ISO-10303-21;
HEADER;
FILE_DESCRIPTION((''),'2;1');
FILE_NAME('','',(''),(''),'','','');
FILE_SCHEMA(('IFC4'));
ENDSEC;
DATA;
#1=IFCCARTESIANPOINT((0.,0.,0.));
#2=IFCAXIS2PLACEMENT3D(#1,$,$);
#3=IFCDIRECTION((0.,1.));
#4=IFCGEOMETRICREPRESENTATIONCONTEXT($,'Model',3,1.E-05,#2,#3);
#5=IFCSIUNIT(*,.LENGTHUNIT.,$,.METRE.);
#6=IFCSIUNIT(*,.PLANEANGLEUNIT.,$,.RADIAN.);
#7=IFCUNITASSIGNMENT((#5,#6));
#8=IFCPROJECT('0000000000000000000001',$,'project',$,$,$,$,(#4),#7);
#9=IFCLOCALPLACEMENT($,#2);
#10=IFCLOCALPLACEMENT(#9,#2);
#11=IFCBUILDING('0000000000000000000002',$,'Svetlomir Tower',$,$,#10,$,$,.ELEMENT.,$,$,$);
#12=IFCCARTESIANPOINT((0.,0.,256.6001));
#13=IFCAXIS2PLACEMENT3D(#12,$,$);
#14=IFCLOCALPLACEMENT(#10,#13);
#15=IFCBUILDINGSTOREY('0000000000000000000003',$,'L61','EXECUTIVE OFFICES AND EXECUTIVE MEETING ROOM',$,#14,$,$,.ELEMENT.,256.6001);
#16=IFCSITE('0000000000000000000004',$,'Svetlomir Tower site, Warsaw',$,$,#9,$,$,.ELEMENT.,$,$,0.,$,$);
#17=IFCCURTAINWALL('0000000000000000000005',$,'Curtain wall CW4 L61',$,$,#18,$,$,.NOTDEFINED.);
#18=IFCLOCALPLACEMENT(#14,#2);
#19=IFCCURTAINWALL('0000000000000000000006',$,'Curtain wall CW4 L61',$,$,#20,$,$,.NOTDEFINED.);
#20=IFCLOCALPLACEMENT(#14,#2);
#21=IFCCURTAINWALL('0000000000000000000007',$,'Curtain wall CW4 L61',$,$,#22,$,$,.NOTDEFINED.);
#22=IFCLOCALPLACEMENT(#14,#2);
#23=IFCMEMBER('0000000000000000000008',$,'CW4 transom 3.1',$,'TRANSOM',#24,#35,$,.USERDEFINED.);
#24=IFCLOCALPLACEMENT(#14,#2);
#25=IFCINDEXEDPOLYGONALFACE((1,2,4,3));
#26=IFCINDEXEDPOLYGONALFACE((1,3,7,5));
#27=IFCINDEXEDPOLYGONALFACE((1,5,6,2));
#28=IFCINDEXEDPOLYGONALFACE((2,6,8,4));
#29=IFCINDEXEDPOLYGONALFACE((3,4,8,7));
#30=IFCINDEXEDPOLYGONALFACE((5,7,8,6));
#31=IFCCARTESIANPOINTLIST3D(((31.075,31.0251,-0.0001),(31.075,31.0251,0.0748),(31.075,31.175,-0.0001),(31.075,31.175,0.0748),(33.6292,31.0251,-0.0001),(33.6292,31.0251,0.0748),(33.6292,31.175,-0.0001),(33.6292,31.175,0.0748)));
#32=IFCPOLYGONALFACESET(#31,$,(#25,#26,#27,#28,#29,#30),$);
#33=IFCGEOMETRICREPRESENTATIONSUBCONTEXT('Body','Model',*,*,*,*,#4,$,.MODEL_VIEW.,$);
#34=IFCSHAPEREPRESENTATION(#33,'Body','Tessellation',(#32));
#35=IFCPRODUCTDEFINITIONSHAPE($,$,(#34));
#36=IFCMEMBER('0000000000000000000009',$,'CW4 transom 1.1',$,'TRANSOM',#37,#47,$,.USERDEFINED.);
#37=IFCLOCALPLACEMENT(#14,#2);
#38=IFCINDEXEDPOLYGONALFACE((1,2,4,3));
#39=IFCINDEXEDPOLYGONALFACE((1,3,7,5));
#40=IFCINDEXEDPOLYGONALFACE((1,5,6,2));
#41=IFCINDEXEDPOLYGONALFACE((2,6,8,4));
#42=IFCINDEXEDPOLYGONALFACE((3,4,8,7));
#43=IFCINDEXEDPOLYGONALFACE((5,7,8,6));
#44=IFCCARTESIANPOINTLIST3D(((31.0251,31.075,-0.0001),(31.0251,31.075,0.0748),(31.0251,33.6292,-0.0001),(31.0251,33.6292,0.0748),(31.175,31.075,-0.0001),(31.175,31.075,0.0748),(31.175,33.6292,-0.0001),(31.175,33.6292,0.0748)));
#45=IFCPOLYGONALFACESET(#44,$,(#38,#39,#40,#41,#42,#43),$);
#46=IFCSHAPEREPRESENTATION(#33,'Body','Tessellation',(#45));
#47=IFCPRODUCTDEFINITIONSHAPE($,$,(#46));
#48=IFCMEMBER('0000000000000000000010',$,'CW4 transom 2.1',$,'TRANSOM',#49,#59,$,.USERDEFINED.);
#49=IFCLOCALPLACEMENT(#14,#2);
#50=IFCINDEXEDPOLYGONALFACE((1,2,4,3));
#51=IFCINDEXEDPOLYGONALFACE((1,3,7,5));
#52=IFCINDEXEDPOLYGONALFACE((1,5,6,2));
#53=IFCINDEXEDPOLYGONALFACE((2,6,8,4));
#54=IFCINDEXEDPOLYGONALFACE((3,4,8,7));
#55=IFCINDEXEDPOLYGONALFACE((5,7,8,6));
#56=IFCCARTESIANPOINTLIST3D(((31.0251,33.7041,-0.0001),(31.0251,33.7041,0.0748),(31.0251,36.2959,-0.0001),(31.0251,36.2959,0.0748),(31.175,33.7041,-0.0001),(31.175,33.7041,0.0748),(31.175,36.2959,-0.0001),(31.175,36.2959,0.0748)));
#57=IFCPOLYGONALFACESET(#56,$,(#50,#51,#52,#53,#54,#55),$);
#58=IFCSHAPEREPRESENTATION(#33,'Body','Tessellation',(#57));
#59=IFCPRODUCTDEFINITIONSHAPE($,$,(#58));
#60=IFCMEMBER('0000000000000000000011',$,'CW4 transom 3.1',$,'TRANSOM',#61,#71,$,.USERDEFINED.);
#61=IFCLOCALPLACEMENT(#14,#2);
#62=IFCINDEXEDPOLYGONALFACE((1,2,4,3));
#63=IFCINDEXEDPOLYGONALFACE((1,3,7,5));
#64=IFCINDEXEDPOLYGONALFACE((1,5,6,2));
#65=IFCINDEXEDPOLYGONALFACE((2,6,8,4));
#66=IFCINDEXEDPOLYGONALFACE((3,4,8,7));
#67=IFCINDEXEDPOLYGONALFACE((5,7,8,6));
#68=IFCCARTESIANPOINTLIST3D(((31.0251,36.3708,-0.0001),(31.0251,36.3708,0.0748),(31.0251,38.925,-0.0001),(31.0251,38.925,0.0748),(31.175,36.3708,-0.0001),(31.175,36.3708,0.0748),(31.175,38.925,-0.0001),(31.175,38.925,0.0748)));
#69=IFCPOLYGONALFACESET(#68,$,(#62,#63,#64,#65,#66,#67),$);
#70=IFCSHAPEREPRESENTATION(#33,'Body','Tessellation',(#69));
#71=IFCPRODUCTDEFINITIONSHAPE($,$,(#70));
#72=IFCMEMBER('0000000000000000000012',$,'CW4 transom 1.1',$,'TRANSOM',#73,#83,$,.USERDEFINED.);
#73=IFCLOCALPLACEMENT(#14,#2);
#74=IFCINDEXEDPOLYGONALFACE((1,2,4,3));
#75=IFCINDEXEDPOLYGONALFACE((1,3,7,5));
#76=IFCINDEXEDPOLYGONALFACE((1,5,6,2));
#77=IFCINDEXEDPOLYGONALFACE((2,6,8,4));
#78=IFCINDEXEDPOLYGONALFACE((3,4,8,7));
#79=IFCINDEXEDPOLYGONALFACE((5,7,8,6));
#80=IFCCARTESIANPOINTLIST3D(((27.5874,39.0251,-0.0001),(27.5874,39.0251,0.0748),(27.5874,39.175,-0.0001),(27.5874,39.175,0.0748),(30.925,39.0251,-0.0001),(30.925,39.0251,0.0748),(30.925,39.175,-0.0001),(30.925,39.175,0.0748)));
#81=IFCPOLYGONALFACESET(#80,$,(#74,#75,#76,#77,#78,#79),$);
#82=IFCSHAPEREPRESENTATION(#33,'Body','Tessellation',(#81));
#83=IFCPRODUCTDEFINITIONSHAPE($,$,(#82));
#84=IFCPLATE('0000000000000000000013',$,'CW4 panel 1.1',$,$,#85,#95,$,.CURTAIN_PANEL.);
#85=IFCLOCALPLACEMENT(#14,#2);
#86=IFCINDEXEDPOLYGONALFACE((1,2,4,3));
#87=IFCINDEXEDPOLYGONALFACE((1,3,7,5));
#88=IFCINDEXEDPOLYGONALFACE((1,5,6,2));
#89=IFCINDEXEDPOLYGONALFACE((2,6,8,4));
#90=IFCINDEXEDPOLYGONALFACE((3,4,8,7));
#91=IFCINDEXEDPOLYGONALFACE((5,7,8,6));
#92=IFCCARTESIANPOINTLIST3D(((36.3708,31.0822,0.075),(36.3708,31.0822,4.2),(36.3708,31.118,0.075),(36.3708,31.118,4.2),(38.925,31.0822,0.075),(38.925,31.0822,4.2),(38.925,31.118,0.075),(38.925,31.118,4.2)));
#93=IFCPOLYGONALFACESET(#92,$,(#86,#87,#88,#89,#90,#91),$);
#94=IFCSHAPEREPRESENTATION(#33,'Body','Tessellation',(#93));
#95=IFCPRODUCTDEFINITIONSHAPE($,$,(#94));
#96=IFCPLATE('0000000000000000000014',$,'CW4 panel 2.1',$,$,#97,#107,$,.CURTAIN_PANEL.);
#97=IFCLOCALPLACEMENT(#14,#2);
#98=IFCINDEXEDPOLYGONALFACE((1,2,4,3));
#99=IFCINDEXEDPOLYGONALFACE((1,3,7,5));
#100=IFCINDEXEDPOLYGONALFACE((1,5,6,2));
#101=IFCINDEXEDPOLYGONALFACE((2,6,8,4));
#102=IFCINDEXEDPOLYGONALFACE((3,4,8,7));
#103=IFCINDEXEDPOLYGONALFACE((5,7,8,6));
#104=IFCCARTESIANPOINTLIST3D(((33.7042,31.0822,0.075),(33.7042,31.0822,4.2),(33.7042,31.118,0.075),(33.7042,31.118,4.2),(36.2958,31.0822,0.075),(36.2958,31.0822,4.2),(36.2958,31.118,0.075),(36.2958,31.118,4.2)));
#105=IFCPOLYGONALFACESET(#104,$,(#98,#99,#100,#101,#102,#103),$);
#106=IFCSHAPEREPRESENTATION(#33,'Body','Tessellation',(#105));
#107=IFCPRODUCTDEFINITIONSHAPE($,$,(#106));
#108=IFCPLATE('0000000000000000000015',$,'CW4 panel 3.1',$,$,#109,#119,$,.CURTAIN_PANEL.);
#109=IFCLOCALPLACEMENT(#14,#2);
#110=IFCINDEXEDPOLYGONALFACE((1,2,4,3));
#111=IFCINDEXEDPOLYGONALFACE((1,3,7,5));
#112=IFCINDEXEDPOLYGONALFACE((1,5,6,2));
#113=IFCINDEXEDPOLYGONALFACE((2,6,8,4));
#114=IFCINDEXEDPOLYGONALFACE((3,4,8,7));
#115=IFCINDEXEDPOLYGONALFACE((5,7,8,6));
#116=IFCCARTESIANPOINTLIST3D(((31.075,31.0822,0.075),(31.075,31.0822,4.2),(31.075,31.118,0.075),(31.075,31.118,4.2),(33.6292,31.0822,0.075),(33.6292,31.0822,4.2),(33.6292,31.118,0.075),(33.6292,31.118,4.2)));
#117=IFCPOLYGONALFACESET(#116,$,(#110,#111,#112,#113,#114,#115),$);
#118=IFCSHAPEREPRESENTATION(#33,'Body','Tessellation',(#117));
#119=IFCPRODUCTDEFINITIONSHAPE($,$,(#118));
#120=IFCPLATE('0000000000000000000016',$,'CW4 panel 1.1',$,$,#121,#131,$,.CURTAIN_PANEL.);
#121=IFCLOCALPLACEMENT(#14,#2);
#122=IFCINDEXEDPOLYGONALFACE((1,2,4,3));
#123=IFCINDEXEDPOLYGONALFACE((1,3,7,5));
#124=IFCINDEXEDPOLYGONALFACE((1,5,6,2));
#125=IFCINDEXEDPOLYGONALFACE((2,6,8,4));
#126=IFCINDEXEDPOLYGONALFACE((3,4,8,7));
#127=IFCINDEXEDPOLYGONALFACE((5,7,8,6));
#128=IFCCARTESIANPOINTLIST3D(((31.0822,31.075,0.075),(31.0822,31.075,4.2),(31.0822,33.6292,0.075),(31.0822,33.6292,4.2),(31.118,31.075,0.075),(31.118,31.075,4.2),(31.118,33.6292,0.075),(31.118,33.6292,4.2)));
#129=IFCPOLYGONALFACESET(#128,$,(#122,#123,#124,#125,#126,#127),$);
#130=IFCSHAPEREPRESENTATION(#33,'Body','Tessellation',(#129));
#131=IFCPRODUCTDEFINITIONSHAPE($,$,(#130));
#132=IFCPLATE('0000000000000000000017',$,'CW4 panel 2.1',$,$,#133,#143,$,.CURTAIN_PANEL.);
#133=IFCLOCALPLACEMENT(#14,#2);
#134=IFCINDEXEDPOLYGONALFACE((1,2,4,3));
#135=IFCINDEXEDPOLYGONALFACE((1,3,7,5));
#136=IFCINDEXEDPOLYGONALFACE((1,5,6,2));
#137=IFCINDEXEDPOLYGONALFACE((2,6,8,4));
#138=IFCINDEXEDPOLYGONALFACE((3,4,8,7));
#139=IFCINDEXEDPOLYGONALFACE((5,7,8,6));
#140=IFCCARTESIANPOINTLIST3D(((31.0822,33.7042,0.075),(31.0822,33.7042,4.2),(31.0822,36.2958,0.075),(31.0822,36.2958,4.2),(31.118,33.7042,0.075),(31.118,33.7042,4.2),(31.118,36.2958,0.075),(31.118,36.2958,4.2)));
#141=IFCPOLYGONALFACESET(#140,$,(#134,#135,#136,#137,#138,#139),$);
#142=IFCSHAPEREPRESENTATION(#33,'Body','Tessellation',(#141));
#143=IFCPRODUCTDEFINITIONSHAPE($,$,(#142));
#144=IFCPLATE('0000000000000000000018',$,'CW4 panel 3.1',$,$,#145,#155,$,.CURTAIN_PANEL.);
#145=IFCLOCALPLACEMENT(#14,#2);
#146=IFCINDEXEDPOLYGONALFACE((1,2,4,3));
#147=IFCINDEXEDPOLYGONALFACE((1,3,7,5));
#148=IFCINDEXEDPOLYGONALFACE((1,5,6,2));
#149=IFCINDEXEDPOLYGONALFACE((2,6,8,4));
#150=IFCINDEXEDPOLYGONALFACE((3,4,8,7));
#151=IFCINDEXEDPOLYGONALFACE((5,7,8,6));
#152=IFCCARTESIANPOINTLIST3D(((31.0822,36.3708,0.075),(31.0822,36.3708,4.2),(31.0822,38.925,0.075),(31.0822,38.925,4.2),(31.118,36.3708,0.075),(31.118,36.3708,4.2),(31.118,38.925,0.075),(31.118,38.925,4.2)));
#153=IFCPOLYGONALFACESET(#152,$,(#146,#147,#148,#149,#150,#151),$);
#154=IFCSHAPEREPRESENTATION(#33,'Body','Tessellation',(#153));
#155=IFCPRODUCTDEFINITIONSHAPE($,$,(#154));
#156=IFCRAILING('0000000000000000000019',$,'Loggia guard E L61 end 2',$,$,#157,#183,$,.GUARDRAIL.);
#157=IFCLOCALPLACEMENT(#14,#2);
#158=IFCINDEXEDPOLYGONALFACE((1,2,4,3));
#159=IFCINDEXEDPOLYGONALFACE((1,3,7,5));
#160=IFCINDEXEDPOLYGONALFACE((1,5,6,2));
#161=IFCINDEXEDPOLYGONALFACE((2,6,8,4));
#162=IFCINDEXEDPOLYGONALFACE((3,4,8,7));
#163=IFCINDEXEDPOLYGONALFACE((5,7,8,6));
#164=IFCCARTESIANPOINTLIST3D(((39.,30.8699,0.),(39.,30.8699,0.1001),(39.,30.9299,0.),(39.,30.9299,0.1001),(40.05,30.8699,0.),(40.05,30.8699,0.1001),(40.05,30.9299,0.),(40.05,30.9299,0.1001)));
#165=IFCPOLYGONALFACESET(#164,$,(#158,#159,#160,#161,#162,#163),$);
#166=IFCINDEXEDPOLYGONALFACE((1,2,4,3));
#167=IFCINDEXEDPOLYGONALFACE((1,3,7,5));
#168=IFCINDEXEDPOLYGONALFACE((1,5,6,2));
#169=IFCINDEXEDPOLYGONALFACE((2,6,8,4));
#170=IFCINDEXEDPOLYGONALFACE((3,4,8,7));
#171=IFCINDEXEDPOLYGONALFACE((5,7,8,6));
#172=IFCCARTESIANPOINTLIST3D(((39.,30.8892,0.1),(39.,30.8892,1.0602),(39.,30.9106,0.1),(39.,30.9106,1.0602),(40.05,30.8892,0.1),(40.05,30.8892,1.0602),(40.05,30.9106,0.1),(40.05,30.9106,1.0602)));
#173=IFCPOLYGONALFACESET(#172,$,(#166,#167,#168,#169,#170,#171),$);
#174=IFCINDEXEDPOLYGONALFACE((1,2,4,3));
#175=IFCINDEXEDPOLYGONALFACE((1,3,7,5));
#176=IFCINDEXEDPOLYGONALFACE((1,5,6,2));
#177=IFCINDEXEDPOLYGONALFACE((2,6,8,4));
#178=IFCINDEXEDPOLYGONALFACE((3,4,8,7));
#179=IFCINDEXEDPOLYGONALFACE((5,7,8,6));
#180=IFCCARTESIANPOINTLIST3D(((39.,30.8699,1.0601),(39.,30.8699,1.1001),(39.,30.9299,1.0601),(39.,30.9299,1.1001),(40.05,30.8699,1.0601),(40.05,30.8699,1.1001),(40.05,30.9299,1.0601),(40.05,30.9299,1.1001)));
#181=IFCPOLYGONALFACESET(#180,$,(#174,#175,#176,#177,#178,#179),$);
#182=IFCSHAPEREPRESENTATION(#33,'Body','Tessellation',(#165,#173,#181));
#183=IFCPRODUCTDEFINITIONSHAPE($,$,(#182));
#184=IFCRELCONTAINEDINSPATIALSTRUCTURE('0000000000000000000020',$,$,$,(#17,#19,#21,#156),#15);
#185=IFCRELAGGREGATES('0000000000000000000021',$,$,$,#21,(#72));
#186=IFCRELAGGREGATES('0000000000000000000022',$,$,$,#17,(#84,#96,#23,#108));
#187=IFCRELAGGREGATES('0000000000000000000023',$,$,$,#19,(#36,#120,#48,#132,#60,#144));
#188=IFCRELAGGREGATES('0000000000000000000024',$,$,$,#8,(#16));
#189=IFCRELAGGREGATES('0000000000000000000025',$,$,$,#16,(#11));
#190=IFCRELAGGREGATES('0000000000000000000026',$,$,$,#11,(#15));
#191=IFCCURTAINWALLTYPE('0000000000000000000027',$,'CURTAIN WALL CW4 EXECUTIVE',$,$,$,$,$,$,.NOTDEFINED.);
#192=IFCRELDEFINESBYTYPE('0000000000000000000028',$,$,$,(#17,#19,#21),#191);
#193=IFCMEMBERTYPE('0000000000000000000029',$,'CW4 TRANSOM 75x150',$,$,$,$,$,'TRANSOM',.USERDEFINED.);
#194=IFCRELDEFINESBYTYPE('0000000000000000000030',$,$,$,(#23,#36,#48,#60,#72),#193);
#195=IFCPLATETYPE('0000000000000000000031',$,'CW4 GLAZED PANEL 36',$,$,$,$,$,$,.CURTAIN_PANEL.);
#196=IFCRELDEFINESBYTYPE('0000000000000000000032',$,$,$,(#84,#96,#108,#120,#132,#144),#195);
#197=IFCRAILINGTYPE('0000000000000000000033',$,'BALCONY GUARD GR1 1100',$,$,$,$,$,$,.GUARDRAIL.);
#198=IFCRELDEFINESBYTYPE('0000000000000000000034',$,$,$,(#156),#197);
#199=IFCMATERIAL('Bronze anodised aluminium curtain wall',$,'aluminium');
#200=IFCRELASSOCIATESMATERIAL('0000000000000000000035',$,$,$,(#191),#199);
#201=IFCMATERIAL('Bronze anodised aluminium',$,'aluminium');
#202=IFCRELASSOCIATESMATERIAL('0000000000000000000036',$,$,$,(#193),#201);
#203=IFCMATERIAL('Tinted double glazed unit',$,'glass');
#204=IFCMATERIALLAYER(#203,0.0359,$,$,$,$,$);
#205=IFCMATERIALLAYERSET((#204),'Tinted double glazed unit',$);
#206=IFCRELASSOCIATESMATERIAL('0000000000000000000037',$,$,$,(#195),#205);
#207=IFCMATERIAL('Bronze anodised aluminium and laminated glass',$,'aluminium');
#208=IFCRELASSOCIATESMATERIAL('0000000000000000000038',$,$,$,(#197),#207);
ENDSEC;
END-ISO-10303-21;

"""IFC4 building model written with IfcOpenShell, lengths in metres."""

from ifc_helpers import new_model, si_unit, direction, frame, origin, origin_2d, place, context, subcontext, project, spatial, rectangle, extrude, material, layer, layer_set, material_profile, profile_set, type_object, element, aggregate, save


model = new_model("IFC4")

# Units and contexts
model_context = context("Model", 3, precision=1e-05, world=origin(), true_north=direction((0.0, 1.0)))
body_context = subcontext(model_context, "Body", "Model", "MODEL_VIEW")
ifc_project = project(units=[si_unit("LENGTHUNIT", "METRE"), si_unit("PLANEANGLEUNIT", "RADIAN")], contexts=[model_context])

# Site, building, storey
site_placement = place(None, origin())
site = spatial("IfcSite", under=ifc_project, at=site_placement, Name="Svetlomir Tower site, Warsaw", CompositionType="ELEMENT", RefElevation=0.0)
building_placement = place(site_placement, origin())
building = spatial("IfcBuilding", under=site, at=building_placement, Name="Svetlomir Tower", CompositionType="ELEMENT")
storey_placement = place(building_placement, frame((0.0, 0.0, 256.6001)))
storey = spatial("IfcBuildingStorey", under=building, at=storey_placement, Name="L61", Description="EXECUTIVE OFFICES AND EXECUTIVE MEETING ROOM", CompositionType="ELEMENT", Elevation=256.6001)

# Curtain walls
ifc_material_1 = material(Name="Bronze anodised aluminium curtain wall", Category="aluminium")
curtain_wall_type = type_object("IfcCurtainWallType", Name="CURTAIN WALL CW4 EXECUTIVE", PredefinedType="NOTDEFINED", material=ifc_material_1)
curtain_wall_1_placement = place(storey_placement, origin())
curtain_wall_1 = element("IfcCurtainWall", 1, at=curtain_wall_1_placement, inside=storey, type_object=curtain_wall_type, Name="Curtain wall CW4 L61", PredefinedType="NOTDEFINED")
curtain_wall_2_placement = place(storey_placement, origin())
curtain_wall_2 = element("IfcCurtainWall", 2, at=curtain_wall_2_placement, inside=storey, type_object=curtain_wall_type, Name="Curtain wall CW4 L61", PredefinedType="NOTDEFINED")

# Curtain wall
curtain_wall_3_placement = place(storey_placement, origin())
curtain_wall_3 = element("IfcCurtainWall", 3, at=curtain_wall_3_placement, inside=storey, type_object=curtain_wall_type, Name="Curtain wall CW4 L61", PredefinedType="NOTDEFINED")

# Members
ifc_material_2 = material(Name="Bronze anodised aluminium", Category="aluminium")
ifc_material_profile_1 = material_profile(ifc_material_2, rectangle(XDim=0.1499, YDim=0.075, at=origin_2d()), Name="AL 150x75")
ifc_profile_set_1 = profile_set([ifc_material_profile_1], Name="Bronze anodised aluminium 6063-T6")
member_type_1 = type_object("IfcMemberType", Name="CW4 TRANSOM 75x150", ElementType="TRANSOM", PredefinedType="USERDEFINED", material=ifc_profile_set_1)
member_1_placement = place(storey_placement, frame((33.6292, 31.1001, 0.0374), z_axis=(-1.0, 0.0, 0.0), x_axis=(0.0, -1.0, 0.0)))
member_1 = element("IfcMember", 4, at=member_1_placement, type_object=member_type_1, Name="CW4 transom 3.1", ObjectType="TRANSOM", PredefinedType="USERDEFINED", context=body_context, shape_type="SweptSolid", body=[
    extrude(rectangle(XDim=0.1499, YDim=0.075, at=origin_2d()), origin(), (0.0, 0.0, 1.0), 2.5542),
])
member_2_placement = place(storey_placement, frame((31.1001, 31.075, 0.0374), z_axis=(0.0, 1.0, 0.0), x_axis=(-1.0, 0.0, 0.0)))
member_2 = element("IfcMember", 5, at=member_2_placement, type_object=member_type_1, Name="CW4 transom 1.1", ObjectType="TRANSOM", PredefinedType="USERDEFINED", context=body_context, shape_type="SweptSolid", body=[
    extrude(rectangle(XDim=0.1499, YDim=0.075, at=origin_2d()), origin(), (0.0, 0.0, 1.0), 2.5542),
])
member_3_placement = place(storey_placement, frame((31.1001, 33.7041, 0.0374), z_axis=(0.0, 1.0, 0.0), x_axis=(-1.0, 0.0, 0.0)))
member_3 = element("IfcMember", 6, at=member_3_placement, type_object=member_type_1, Name="CW4 transom 2.1", ObjectType="TRANSOM", PredefinedType="USERDEFINED", context=body_context, shape_type="SweptSolid", body=[
    extrude(rectangle(XDim=0.1499, YDim=0.075, at=origin_2d()), origin(), (0.0, 0.0, 1.0), 2.5918),
])
member_4_placement = place(storey_placement, frame((31.1001, 36.3708, 0.0374), z_axis=(0.0, 1.0, 0.0), x_axis=(-1.0, 0.0, 0.0)))
member_4 = element("IfcMember", 7, at=member_4_placement, type_object=member_type_1, Name="CW4 transom 3.1", ObjectType="TRANSOM", PredefinedType="USERDEFINED", context=body_context, shape_type="SweptSolid", body=[
    extrude(rectangle(XDim=0.1499, YDim=0.075, at=origin_2d()), origin(), (0.0, 0.0, 1.0), 2.5542),
])
member_5_placement = place(storey_placement, frame((30.925, 39.1001, 0.0374), z_axis=(-1.0, 0.0, 0.0), x_axis=(0.0, -1.0, 0.0)))
member_5 = element("IfcMember", 8, at=member_5_placement, type_object=member_type_1, Name="CW4 transom 1.1", ObjectType="TRANSOM", PredefinedType="USERDEFINED", context=body_context, shape_type="SweptSolid", body=[
    extrude(rectangle(XDim=0.1499, YDim=0.075, at=origin_2d()), origin(), (0.0, 0.0, 1.0), 3.3376),
])
aggregate(curtain_wall_3, [member_5])

# Plates
ifc_material_3 = material(Name="Tinted double glazed unit", Category="glass")
ifc_layer = layer(ifc_material_3, 0.0359)
ifc_layer_set = layer_set([ifc_layer], Name="Tinted double glazed unit")
plate_type = type_object("IfcPlateType", Name="CW4 GLAZED PANEL 36", PredefinedType="CURTAIN_PANEL", material=ifc_layer_set)
plate_1_placement = place(storey_placement, frame((37.6479, 31.1001, 0.075), z_axis=(0.0, 0.0, 1.0), x_axis=(-1.0, 0.0, 0.0)))
plate_1 = element("IfcPlate", 9, at=plate_1_placement, type_object=plate_type, Name="CW4 panel 1.1", PredefinedType="CURTAIN_PANEL", context=body_context, shape_type="SweptSolid", body=[
    extrude(rectangle(XDim=2.5542, YDim=0.0359, at=origin_2d()), origin(), (0.0, 0.0, 1.0), 4.125),
])
plate_2_placement = place(storey_placement, frame((35.0, 31.1001, 0.075), z_axis=(0.0, 0.0, 1.0), x_axis=(-1.0, 0.0, 0.0)))
plate_2 = element("IfcPlate", 10, at=plate_2_placement, type_object=plate_type, Name="CW4 panel 2.1", PredefinedType="CURTAIN_PANEL", context=body_context, shape_type="SweptSolid", body=[
    extrude(rectangle(XDim=2.5916, YDim=0.0359, at=origin_2d()), origin(), (0.0, 0.0, 1.0), 4.125),
])
plate_3_placement = place(storey_placement, frame((32.3521, 31.1001, 0.075), z_axis=(0.0, 0.0, 1.0), x_axis=(-1.0, 0.0, 0.0)))
plate_3 = element("IfcPlate", 11, at=plate_3_placement, type_object=plate_type, Name="CW4 panel 3.1", PredefinedType="CURTAIN_PANEL", context=body_context, shape_type="SweptSolid", body=[
    extrude(rectangle(XDim=2.5542, YDim=0.0359, at=origin_2d()), origin(), (0.0, 0.0, 1.0), 4.125),
])
aggregate(curtain_wall_1, [plate_1, plate_2, member_1, plate_3])
plate_4_placement = place(storey_placement, frame((31.1001, 32.3521, 0.075), z_axis=(0.0, 0.0, 1.0), x_axis=(0.0, 1.0, 0.0)))
plate_4 = element("IfcPlate", 12, at=plate_4_placement, type_object=plate_type, Name="CW4 panel 1.1", PredefinedType="CURTAIN_PANEL", context=body_context, shape_type="SweptSolid", body=[
    extrude(rectangle(XDim=2.5542, YDim=0.0359, at=origin_2d()), origin(), (0.0, 0.0, 1.0), 4.125),
])
plate_5_placement = place(storey_placement, frame((31.1001, 35.0, 0.075), z_axis=(0.0, 0.0, 1.0), x_axis=(0.0, 1.0, 0.0)))
plate_5 = element("IfcPlate", 13, at=plate_5_placement, type_object=plate_type, Name="CW4 panel 2.1", PredefinedType="CURTAIN_PANEL", context=body_context, shape_type="SweptSolid", body=[
    extrude(rectangle(XDim=2.5916, YDim=0.0359, at=origin_2d()), origin(), (0.0, 0.0, 1.0), 4.125),
])
plate_6_placement = place(storey_placement, frame((31.1001, 37.6479, 0.075), z_axis=(0.0, 0.0, 1.0), x_axis=(0.0, 1.0, 0.0)))
plate_6 = element("IfcPlate", 14, at=plate_6_placement, type_object=plate_type, Name="CW4 panel 3.1", PredefinedType="CURTAIN_PANEL", context=body_context, shape_type="SweptSolid", body=[
    extrude(rectangle(XDim=2.5542, YDim=0.0359, at=origin_2d()), origin(), (0.0, 0.0, 1.0), 4.125),
])
aggregate(curtain_wall_2, [member_2, plate_4, member_3, plate_5, member_4, plate_6])

# Railing
ifc_material_4 = material(Name="Bronze anodised aluminium and laminated glass", Category="aluminium")
railing_type = type_object("IfcRailingType", Name="BALCONY GUARD GR1 1100", PredefinedType="GUARDRAIL", material=ifc_material_4)
railing_1_placement = place(storey_placement, frame((40.05, 30.8999, 0.0)))
element("IfcRailing", 15, at=railing_1_placement, inside=storey, type_object=railing_type, Name="Loggia guard E L61 end 2", PredefinedType="GUARDRAIL", context=body_context, shape_type="SweptSolid", body=[
    extrude(rectangle(XDim=0.0601, YDim=0.1001, at=origin_2d()), frame((0.0, 0.0, 0.05), z_axis=(-1.0, 0.0, 0.0), x_axis=(0.0, -1.0, 0.0)), (0.0, 0.0, 1.0), 1.05),
    extrude(rectangle(XDim=0.0215, YDim=0.9602, at=origin_2d()), frame((0.0, 0.0, 0.5801), z_axis=(-1.0, 0.0, 0.0), x_axis=(0.0, -1.0, 0.0)), (0.0, 0.0, 1.0), 1.05),
    extrude(rectangle(XDim=0.0601, YDim=0.04, at=origin_2d()), frame((0.0, 0.0, 1.0801), z_axis=(-1.0, 0.0, 0.0), x_axis=(0.0, -1.0, 0.0)), (0.0, 0.0, 1.0), 1.05),
])

save(model, "model.ifc")
